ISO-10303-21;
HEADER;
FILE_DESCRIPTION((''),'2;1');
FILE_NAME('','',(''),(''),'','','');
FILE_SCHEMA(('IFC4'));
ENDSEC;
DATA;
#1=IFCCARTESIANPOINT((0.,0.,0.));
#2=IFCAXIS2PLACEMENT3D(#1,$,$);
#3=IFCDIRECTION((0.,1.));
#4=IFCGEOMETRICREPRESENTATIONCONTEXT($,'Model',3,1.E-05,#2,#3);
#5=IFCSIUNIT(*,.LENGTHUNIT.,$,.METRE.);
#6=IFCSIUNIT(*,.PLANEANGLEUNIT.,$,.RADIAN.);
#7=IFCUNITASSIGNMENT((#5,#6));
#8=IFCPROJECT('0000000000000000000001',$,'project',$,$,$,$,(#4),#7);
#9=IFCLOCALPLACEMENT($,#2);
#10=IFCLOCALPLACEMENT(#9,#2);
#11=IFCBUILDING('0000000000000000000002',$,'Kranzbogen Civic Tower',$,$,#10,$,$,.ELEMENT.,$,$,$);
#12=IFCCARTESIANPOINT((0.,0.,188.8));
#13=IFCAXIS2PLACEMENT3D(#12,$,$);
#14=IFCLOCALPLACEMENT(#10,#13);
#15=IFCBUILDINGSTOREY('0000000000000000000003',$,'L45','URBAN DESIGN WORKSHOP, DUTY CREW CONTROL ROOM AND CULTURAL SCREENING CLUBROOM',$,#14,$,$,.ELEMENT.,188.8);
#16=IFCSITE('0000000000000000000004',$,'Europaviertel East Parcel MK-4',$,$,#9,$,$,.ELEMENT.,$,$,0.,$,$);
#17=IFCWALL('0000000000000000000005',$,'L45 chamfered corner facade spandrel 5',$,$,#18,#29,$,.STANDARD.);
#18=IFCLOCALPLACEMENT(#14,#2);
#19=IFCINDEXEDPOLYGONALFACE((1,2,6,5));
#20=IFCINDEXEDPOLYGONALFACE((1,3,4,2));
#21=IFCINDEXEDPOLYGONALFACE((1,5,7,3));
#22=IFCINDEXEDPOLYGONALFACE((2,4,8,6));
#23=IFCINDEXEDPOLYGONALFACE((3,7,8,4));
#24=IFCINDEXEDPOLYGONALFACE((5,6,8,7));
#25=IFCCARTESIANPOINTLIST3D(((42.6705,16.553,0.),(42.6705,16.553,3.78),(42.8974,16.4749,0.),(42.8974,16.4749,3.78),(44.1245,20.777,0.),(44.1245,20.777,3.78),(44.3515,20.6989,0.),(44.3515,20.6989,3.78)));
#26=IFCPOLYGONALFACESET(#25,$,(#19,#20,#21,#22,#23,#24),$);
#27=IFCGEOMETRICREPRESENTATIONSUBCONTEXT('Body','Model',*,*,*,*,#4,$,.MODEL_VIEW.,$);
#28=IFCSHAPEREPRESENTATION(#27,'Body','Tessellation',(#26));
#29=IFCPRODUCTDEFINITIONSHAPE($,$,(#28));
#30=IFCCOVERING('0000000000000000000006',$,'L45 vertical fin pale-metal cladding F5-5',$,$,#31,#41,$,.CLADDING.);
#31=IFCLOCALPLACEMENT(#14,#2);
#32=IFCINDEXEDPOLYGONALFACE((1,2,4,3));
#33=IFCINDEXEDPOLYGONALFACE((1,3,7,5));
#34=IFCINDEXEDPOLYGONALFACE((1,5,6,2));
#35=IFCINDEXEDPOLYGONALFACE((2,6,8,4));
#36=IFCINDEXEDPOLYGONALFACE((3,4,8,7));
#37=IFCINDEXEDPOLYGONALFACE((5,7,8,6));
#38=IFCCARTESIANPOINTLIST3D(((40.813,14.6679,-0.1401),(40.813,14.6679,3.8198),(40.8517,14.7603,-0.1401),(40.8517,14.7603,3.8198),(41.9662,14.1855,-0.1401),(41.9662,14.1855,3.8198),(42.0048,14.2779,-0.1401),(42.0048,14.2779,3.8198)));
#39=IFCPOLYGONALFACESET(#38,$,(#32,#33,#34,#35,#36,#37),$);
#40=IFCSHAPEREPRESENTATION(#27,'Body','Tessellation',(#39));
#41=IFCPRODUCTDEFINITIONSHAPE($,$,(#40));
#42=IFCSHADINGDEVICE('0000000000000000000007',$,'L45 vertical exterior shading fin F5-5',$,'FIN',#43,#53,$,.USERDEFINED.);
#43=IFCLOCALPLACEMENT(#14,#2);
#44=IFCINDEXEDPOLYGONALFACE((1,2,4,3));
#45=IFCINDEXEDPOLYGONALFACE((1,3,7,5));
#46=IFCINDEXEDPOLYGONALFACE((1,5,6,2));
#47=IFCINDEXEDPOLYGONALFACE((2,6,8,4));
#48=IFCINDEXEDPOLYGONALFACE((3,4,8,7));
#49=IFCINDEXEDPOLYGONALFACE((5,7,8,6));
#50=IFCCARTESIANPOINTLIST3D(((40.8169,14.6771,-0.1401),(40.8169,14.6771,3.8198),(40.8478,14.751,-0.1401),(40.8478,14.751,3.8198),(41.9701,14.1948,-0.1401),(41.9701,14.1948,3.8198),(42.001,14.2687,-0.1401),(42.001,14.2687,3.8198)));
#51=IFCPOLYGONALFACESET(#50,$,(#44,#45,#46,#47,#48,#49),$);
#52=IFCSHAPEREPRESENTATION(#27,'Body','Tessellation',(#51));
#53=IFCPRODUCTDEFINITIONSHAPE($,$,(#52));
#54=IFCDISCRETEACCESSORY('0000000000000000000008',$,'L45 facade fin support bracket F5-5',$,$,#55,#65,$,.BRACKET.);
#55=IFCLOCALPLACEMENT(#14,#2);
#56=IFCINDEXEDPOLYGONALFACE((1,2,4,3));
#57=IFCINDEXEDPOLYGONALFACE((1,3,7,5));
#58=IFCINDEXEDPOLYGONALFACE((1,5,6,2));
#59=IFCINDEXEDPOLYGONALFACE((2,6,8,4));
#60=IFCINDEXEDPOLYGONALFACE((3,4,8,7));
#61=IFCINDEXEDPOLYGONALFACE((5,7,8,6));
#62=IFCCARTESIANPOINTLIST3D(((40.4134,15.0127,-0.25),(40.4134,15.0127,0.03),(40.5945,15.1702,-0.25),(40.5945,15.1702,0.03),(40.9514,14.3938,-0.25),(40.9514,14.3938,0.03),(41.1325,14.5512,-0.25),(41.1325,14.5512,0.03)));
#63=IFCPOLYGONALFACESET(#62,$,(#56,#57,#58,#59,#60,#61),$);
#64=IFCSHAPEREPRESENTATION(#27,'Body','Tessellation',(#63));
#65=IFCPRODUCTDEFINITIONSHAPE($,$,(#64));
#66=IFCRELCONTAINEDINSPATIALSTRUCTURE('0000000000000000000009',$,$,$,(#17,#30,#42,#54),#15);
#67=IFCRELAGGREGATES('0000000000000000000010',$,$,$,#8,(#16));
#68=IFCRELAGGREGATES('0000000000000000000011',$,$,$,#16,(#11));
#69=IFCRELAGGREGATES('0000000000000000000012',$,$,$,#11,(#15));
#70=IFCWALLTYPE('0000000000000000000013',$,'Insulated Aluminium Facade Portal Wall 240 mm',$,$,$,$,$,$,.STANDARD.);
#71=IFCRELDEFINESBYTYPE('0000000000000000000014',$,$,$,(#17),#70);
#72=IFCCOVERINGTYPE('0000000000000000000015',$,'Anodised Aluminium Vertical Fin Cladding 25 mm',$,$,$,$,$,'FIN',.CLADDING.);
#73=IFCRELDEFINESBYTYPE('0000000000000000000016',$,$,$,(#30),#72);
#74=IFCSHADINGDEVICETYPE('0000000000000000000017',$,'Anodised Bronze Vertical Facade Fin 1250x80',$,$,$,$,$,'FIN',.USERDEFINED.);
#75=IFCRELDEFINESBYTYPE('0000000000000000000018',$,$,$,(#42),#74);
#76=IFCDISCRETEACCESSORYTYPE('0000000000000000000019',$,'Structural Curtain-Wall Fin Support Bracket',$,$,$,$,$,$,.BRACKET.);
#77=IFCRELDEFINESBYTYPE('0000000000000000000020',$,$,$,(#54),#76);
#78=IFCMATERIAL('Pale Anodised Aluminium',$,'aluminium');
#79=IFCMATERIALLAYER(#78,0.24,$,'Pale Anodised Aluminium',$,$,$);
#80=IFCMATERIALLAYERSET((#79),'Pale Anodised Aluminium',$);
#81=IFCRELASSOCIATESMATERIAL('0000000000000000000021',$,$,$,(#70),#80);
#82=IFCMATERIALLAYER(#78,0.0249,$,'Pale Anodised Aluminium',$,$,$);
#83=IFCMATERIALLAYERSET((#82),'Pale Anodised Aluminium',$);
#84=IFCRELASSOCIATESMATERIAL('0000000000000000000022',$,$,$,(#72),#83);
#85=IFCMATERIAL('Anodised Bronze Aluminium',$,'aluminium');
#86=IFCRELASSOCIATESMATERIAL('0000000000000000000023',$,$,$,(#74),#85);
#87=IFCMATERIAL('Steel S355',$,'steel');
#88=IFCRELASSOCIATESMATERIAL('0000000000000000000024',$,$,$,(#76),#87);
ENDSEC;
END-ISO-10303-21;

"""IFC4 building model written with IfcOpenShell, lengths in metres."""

from ifc_helpers import new_model, si_unit, direction, frame, frame_2d, origin, origin_2d, place, context, subcontext, project, spatial, rectangle, extrude, material, layer, layer_set, type_object, element, save


model = new_model("IFC4")

# Units and contexts
model_context = context("Model", 3, precision=1e-05, world=origin(), true_north=direction((0.0, 1.0)))
body_context = subcontext(model_context, "Body", "Model", "MODEL_VIEW")
ifc_project = project(units=[si_unit("LENGTHUNIT", "METRE"), si_unit("PLANEANGLEUNIT", "RADIAN")], contexts=[model_context])

# Site, building, storey
site_placement = place(None, origin())
site = spatial("IfcSite", under=ifc_project, at=site_placement, Name="Europaviertel East Parcel MK-4", CompositionType="ELEMENT", RefElevation=0.0)
building_placement = place(site_placement, origin())
building = spatial("IfcBuilding", under=site, at=building_placement, Name="Kranzbogen Civic Tower", CompositionType="ELEMENT")
storey_placement = place(building_placement, frame((0.0, 0.0, 188.8)))
storey = spatial("IfcBuildingStorey", under=building, at=storey_placement, Name="L45", Description="URBAN DESIGN WORKSHOP, DUTY CREW CONTROL ROOM AND CULTURAL SCREENING CLUBROOM", CompositionType="ELEMENT", Elevation=188.8)

# Shared definitions
ifc_material_1 = material(Name="Steel S355", Category="steel")

# Shared definitions
ifc_material_2 = material(Name="Pale Anodised Aluminium", Category="aluminium")

# Wall
ifc_layer_1 = layer(ifc_material_2, 0.24, Name="Pale Anodised Aluminium")
ifc_layer_set_1 = layer_set([ifc_layer_1], Name="Pale Anodised Aluminium")
wall_type_1 = type_object("IfcWallType", Name="Insulated Aluminium Facade Portal Wall 240 mm", PredefinedType="STANDARD", material=ifc_layer_set_1)
wall_1_placement = place(storey_placement, frame((42.7839, 16.5139, 0.0), z_axis=(0.0, 0.0, 1.0), x_axis=(0.325492, 0.945545, 0.0)))
element("IfcWall", 1, at=wall_1_placement, inside=storey, type_object=wall_type_1, Name="L45 chamfered corner facade spandrel 5", PredefinedType="STANDARD", context=body_context, shape_type="SweptSolid", body=[
    extrude(rectangle(XDim=4.4673, YDim=0.24, at=frame_2d((2.2336, 0.0))), origin(), (0.0, 0.0, 1.0), 3.78),
])

# Covering
ifc_layer_2 = layer(ifc_material_2, 0.0249, Name="Pale Anodised Aluminium")
ifc_layer_set_2 = layer_set([ifc_layer_2], Name="Pale Anodised Aluminium")
covering_type = type_object("IfcCoveringType", Name="Anodised Aluminium Vertical Fin Cladding 25 mm", ElementType="FIN", PredefinedType="CLADDING", material=ifc_layer_set_2)
covering_placement = place(storey_placement, frame((41.4089, 14.4729, -0.1401), z_axis=(0.0, 0.0, 1.0), x_axis=(0.922545, -0.38589, 0.0)))
element("IfcCovering", 2, at=covering_placement, inside=storey, type_object=covering_type, Name="L45 vertical fin pale-metal cladding F5-5", PredefinedType="CLADDING", context=body_context, shape_type="SweptSolid", body=[
    extrude(rectangle(XDim=1.25, YDim=0.1001, at=origin_2d()), origin(), (0.0, 0.0, 1.0), 3.96),
])

# Shading device
ifc_material_3 = material(Name="Anodised Bronze Aluminium", Category="aluminium")
shading_device_type = type_object("IfcShadingDeviceType", Name="Anodised Bronze Vertical Facade Fin 1250x80", ElementType="FIN", PredefinedType="USERDEFINED", material=ifc_material_3)
shading_device_placement = place(storey_placement, frame((41.4089, 14.4729, -0.1401), z_axis=(0.0, 0.0, 1.0), x_axis=(0.922545, -0.38589, 0.0)))
element("IfcShadingDevice", 3, at=shading_device_placement, inside=storey, type_object=shading_device_type, Name="L45 vertical exterior shading fin F5-5", ObjectType="FIN", PredefinedType="USERDEFINED", context=body_context, shape_type="SweptSolid", body=[
    extrude(rectangle(XDim=1.25, YDim=0.0801, at=origin_2d()), origin(), (0.0, 0.0, 1.0), 3.96),
])

# Discrete accessory
discrete_accessory_type = type_object("IfcDiscreteAccessoryType", Name="Structural Curtain-Wall Fin Support Bracket", PredefinedType="BRACKET", material=ifc_material_1)
discrete_accessory_placement = place(storey_placement, frame((40.7729, 14.782, -0.25), z_axis=(0.0, 0.0, 1.0), x_axis=(0.656059, -0.75471, 0.0)))
element("IfcDiscreteAccessory", 4, at=discrete_accessory_placement, inside=storey, type_object=discrete_accessory_type, Name="L45 facade fin support bracket F5-5", PredefinedType="BRACKET", context=body_context, shape_type="SweptSolid", body=[
    extrude(rectangle(XDim=0.8201, YDim=0.24, at=origin_2d()), origin(), (0.0, 0.0, 1.0), 0.28),
])

save(model, "model.ifc")
